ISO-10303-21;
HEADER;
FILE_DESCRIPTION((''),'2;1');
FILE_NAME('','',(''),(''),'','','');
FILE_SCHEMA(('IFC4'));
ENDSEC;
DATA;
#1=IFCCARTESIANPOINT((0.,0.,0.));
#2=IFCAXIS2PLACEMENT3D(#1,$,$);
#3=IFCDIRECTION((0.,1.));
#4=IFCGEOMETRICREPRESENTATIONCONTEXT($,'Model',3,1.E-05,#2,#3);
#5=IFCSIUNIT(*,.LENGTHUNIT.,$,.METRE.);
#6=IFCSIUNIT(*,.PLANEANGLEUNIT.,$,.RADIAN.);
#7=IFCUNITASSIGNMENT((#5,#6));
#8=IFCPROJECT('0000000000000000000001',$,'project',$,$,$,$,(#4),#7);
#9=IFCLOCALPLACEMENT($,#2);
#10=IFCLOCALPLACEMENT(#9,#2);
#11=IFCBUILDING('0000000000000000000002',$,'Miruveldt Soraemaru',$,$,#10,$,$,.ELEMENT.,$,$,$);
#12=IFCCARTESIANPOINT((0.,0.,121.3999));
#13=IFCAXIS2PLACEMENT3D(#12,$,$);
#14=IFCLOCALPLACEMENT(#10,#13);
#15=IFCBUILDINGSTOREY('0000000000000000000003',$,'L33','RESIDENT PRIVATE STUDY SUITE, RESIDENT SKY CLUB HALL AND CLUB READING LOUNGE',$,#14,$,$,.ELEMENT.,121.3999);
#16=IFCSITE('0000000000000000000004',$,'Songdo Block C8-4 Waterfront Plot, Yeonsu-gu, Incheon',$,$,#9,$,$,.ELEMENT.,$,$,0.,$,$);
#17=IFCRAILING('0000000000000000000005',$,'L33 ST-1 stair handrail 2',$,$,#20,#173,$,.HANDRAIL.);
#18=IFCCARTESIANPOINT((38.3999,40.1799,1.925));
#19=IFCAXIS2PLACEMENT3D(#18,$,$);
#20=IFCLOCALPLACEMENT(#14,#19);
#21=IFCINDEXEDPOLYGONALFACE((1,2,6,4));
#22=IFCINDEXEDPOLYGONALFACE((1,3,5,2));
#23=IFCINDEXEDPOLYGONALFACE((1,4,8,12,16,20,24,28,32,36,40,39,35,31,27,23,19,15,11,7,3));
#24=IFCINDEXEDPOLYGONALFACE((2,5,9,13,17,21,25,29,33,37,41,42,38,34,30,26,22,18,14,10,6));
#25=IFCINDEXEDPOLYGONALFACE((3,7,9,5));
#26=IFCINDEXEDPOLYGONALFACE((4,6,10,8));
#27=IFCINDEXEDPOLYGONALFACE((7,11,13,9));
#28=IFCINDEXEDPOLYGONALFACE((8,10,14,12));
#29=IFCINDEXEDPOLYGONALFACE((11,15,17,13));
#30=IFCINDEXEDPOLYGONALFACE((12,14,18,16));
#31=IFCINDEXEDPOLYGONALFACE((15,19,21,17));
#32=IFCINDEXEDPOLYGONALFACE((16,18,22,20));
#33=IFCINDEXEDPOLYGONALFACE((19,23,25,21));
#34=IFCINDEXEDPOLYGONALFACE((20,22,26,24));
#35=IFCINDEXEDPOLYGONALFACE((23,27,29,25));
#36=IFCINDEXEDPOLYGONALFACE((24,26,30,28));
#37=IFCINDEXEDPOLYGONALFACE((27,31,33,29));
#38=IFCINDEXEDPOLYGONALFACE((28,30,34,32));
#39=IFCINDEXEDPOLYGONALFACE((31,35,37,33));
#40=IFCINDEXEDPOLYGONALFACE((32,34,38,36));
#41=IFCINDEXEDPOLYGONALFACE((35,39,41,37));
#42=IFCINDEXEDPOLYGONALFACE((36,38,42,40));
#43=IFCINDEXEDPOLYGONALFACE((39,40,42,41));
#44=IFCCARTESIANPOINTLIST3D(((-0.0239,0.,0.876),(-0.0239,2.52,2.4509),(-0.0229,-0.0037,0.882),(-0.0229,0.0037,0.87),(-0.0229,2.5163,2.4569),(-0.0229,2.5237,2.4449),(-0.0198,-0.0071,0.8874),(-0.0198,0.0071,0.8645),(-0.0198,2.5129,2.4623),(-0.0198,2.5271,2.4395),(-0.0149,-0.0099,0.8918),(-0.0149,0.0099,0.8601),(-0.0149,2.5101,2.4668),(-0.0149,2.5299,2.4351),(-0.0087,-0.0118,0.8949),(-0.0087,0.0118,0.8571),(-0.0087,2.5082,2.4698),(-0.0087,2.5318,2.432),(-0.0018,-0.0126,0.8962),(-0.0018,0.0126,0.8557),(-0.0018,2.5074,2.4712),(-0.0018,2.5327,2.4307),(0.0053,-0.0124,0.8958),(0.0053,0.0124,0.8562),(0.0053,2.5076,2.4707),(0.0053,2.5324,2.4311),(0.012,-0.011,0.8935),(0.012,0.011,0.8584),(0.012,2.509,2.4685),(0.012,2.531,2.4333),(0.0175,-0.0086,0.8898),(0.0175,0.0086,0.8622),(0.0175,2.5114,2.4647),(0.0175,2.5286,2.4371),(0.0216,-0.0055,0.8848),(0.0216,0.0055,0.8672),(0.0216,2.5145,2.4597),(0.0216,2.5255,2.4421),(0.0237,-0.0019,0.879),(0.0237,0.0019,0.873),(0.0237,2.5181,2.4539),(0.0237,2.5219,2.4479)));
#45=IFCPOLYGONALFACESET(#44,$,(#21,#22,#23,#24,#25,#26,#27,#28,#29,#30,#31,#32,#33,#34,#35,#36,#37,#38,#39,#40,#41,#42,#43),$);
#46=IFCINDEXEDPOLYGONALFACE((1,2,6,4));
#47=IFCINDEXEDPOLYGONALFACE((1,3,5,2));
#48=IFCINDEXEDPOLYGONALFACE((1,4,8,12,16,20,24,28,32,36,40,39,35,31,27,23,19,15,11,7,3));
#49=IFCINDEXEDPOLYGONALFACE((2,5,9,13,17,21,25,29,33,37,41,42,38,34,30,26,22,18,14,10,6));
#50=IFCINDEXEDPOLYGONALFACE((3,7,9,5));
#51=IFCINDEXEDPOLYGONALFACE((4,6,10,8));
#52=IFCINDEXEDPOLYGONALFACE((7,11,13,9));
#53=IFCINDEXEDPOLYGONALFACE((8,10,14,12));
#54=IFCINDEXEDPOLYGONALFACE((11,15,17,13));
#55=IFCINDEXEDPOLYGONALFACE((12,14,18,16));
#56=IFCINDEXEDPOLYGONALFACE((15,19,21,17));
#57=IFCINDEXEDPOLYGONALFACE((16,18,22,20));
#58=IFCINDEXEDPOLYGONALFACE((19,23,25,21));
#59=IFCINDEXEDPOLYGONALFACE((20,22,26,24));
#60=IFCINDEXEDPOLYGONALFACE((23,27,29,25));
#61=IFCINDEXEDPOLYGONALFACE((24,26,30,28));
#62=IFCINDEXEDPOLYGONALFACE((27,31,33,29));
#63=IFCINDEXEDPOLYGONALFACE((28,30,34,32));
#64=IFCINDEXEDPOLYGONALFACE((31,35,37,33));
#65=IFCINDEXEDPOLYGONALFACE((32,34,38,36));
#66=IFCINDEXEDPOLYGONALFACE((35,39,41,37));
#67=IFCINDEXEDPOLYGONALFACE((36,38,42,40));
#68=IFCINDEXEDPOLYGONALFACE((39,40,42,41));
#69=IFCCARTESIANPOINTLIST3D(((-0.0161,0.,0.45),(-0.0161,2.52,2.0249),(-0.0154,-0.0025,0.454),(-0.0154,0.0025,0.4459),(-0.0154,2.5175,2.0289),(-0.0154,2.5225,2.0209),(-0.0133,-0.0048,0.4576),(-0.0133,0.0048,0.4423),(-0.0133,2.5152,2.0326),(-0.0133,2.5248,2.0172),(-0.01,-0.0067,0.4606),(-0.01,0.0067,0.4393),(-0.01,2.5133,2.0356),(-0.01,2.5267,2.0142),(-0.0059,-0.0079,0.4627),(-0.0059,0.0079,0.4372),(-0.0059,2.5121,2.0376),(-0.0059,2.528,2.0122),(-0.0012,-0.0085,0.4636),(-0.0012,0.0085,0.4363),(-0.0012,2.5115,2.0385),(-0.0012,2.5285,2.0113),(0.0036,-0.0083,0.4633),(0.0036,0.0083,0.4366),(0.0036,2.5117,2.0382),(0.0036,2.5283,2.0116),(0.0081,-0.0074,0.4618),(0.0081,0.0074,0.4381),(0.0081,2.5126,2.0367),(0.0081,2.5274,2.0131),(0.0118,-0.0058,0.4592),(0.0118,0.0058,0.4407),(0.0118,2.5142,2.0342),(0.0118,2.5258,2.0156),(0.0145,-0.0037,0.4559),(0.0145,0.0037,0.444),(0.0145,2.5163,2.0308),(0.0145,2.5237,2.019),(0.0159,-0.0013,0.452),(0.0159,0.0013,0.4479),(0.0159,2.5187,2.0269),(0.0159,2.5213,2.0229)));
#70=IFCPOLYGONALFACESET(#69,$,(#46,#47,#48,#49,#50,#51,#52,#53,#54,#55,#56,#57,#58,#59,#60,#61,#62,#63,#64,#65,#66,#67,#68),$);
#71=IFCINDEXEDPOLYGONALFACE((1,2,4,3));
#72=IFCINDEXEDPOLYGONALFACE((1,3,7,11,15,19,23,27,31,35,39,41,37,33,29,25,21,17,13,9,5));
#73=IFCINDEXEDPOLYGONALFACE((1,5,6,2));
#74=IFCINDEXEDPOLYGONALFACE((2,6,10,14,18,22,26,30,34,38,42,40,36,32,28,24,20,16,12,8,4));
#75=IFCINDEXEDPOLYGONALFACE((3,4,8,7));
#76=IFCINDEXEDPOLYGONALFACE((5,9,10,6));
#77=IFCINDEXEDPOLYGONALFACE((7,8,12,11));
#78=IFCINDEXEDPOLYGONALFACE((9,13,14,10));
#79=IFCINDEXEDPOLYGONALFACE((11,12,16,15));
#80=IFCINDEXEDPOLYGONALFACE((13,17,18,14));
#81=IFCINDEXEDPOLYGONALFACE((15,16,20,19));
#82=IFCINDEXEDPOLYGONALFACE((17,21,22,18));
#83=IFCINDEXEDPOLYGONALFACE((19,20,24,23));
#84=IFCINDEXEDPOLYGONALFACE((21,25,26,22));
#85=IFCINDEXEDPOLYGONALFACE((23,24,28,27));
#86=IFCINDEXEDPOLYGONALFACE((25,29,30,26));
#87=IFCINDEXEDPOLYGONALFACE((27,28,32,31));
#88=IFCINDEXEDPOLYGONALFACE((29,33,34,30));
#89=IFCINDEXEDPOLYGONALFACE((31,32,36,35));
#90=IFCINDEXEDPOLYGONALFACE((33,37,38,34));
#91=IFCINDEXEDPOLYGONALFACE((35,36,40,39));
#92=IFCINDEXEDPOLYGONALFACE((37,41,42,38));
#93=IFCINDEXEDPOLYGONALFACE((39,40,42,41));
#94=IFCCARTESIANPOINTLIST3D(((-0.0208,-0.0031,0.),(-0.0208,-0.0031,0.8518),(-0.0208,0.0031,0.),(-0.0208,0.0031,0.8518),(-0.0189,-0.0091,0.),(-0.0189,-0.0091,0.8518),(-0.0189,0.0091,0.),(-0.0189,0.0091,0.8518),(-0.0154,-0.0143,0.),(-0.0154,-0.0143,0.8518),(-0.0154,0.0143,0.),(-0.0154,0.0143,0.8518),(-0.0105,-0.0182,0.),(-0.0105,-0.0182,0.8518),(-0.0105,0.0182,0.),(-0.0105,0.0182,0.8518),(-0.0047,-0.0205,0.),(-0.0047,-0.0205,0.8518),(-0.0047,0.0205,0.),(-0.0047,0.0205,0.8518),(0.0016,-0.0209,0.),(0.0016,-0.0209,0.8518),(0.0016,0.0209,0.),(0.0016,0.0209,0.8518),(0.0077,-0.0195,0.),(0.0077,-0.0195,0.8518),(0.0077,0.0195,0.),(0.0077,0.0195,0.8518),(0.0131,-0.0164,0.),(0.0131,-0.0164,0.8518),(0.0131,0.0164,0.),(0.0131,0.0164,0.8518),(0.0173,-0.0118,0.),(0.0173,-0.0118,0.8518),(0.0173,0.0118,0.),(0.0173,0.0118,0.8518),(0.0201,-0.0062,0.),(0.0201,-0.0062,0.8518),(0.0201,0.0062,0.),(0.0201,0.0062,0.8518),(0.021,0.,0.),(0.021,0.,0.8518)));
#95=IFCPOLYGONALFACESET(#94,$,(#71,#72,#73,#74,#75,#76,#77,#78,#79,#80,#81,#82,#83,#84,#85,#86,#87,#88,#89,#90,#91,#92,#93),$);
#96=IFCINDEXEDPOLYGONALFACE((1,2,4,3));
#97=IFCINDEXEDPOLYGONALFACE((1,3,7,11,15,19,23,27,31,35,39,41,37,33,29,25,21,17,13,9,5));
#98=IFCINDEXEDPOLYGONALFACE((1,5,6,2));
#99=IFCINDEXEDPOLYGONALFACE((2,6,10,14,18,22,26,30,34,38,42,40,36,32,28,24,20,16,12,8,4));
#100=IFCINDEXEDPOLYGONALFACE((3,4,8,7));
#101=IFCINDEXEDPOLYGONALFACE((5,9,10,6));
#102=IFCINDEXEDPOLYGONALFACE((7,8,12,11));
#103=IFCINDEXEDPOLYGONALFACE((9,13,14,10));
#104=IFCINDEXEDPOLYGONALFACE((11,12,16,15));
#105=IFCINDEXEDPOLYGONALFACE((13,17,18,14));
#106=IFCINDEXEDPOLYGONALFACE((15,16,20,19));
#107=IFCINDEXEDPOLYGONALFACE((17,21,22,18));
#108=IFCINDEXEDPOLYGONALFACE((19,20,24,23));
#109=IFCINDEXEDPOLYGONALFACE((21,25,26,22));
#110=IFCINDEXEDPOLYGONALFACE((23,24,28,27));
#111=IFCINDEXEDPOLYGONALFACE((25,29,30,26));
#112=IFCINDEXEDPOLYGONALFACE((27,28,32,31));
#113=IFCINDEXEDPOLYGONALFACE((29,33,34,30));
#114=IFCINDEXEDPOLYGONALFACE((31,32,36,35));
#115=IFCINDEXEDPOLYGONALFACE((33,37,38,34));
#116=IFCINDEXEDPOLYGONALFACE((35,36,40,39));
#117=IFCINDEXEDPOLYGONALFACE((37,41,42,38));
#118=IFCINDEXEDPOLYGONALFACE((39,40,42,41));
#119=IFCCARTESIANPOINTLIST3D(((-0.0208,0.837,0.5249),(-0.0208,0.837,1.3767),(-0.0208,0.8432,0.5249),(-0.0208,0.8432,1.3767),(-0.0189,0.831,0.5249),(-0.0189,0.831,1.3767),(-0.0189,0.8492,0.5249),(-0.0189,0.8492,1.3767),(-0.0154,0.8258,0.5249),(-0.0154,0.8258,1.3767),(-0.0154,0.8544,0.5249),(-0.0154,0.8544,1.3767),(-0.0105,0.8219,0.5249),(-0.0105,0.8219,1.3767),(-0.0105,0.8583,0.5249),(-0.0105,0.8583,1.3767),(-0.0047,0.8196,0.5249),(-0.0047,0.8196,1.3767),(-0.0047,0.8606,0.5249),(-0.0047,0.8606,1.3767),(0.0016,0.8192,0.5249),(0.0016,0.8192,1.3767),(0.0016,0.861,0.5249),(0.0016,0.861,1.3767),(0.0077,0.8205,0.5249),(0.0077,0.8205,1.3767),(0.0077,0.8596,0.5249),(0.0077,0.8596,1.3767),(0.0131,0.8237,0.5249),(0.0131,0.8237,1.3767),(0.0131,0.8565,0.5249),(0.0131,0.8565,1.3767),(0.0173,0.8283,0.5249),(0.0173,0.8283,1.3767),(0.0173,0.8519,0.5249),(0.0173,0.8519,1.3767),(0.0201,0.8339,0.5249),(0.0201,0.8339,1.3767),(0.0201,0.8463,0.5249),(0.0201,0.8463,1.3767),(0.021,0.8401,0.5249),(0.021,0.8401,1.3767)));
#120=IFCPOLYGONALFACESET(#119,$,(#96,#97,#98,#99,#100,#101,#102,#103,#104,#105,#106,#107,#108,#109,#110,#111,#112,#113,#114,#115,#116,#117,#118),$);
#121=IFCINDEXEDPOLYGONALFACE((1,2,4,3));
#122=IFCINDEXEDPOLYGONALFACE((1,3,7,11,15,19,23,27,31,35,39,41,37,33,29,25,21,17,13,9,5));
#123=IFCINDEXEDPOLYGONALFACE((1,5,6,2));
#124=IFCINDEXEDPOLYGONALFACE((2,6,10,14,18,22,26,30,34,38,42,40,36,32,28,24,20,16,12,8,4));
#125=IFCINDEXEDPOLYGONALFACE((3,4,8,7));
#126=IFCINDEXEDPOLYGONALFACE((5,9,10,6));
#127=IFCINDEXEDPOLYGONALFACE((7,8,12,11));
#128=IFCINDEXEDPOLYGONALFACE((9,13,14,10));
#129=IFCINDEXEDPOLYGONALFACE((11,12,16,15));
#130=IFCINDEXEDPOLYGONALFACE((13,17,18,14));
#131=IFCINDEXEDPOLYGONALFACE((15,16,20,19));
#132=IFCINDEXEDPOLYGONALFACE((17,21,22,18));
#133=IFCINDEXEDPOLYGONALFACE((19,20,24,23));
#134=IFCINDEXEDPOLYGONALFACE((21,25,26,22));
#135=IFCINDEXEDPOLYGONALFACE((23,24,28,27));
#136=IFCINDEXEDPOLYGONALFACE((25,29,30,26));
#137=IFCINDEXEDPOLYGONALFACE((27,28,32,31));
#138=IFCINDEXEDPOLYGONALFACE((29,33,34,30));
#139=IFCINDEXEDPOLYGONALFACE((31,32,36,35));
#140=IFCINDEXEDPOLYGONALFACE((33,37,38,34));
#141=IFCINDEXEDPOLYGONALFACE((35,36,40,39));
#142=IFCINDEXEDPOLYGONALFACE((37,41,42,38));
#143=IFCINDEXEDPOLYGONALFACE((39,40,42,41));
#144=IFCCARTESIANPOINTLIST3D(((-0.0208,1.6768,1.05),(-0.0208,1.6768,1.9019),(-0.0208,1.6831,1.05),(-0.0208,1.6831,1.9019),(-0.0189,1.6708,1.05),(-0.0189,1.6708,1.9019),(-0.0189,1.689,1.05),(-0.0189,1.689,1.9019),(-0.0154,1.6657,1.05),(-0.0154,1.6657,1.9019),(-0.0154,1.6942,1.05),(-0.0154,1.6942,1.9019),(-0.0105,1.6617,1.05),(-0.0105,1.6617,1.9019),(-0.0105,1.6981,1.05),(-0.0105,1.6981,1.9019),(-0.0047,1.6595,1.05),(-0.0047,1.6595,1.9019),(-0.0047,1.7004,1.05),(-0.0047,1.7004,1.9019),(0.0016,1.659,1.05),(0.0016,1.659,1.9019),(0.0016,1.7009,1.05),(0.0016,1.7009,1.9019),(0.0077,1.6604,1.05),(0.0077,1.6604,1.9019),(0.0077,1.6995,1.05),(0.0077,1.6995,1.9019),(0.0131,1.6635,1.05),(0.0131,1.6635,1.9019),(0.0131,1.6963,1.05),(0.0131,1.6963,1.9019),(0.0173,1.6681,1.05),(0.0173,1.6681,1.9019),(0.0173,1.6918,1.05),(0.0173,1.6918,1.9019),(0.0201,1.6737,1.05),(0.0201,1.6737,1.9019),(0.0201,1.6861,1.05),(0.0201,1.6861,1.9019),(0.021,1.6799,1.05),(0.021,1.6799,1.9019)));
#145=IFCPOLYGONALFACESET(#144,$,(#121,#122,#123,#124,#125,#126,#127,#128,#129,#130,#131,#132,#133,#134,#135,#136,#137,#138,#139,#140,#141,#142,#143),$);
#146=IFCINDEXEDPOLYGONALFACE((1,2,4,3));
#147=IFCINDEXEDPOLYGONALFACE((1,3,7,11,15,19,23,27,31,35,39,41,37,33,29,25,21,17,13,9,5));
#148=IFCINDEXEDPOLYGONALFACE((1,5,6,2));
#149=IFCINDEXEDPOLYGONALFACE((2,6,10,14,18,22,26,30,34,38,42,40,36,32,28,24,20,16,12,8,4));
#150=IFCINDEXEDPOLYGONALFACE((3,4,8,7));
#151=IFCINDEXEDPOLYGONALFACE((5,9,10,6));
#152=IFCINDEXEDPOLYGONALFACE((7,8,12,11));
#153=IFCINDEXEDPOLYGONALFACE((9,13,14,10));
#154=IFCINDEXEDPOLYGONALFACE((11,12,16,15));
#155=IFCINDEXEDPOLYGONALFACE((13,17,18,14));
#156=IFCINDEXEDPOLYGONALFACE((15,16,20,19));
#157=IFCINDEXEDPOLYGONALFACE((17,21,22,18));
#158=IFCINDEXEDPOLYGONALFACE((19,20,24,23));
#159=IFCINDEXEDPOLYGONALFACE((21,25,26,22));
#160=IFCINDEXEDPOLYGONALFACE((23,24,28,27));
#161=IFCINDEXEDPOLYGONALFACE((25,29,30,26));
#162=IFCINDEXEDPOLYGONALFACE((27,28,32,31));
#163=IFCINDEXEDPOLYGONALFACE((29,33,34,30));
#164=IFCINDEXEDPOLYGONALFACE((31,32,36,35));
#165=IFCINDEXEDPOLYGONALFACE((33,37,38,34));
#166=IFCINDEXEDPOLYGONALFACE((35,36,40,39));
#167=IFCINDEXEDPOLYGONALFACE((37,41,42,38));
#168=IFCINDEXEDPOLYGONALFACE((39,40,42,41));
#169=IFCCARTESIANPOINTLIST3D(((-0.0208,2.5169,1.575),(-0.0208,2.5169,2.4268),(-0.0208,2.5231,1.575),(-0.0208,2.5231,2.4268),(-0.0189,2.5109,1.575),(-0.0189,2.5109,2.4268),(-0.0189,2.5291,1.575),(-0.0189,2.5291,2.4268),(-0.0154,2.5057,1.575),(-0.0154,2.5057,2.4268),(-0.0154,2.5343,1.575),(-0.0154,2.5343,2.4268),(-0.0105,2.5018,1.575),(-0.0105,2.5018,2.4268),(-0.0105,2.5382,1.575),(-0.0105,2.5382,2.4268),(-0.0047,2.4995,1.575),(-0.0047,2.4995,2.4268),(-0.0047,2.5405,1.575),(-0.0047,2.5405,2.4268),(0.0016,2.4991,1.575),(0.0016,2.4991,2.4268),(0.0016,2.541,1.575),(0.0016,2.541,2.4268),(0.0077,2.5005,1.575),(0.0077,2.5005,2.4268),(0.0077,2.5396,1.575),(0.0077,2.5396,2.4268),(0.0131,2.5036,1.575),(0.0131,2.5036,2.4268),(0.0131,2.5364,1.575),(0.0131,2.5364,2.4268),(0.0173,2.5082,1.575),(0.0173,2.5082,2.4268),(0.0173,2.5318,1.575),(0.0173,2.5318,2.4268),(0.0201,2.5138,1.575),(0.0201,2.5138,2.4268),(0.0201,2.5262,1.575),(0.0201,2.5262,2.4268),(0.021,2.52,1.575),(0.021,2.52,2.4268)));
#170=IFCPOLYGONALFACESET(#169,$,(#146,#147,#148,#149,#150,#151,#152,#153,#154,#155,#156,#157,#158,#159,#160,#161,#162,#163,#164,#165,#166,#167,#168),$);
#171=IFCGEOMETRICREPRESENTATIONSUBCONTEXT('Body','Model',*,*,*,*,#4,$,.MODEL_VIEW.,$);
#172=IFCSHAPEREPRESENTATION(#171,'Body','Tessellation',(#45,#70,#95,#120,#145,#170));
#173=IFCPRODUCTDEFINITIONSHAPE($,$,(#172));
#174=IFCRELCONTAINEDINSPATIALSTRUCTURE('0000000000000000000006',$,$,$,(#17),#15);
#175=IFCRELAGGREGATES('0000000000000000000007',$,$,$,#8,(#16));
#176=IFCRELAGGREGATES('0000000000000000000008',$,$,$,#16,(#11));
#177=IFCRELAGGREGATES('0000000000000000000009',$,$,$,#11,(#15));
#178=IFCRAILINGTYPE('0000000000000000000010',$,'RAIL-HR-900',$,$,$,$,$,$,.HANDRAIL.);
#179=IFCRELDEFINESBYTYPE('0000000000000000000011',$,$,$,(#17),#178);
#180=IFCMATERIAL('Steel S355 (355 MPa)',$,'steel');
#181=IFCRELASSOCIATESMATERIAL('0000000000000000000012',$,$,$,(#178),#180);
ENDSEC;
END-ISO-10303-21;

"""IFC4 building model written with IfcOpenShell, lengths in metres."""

from ifc_helpers import new_model, si_unit, direction, frame, origin, origin_2d, place, context, subcontext, project, spatial, circle, extrude, material, type_object, element, save


model = new_model("IFC4")

# Units and contexts
model_context = context("Model", 3, precision=1e-05, world=origin(), true_north=direction((0.0, 1.0)))
body_context = subcontext(model_context, "Body", "Model", "MODEL_VIEW")
ifc_project = project(units=[si_unit("LENGTHUNIT", "METRE"), si_unit("PLANEANGLEUNIT", "RADIAN")], contexts=[model_context])

# Site, building, storey
site_placement = place(None, origin())
site = spatial("IfcSite", under=ifc_project, at=site_placement, Name="Songdo Block C8-4 Waterfront Plot, Yeonsu-gu, Incheon", CompositionType="ELEMENT", RefElevation=0.0)
building_placement = place(site_placement, origin())
building = spatial("IfcBuilding", under=site, at=building_placement, Name="Miruveldt Soraemaru", CompositionType="ELEMENT")
storey_placement = place(building_placement, frame((0.0, 0.0, 121.3999)))
storey = spatial("IfcBuildingStorey", under=building, at=storey_placement, Name="L33", Description="RESIDENT PRIVATE STUDY SUITE, RESIDENT SKY CLUB HALL AND CLUB READING LOUNGE", CompositionType="ELEMENT", Elevation=121.3999)

# Railing
ifc_material_1 = material(Name="Steel S355 (355 MPa)", Category="steel")
railing_type_1 = type_object("IfcRailingType", Name="RAIL-HR-900", PredefinedType="HANDRAIL", material=ifc_material_1)
railing_1_placement = place(storey_placement, frame((38.3999, 40.1799, 1.925)))
element("IfcRailing", 1, at=railing_1_placement, inside=storey, type_object=railing_type_1, Name="L33 ST-1 stair handrail 2", PredefinedType="HANDRAIL", context=body_context, shape_type="SweptSolid", body=[
    extrude(circle(Radius=0.0239, at=origin_2d()), frame((0.0, 0.0, 0.876), z_axis=(0.0, 0.848008, 0.529984), x_axis=(-1.0, 0.0, 0.0)), (0.0, 0.0, 1.0), 2.9717),
    extrude(circle(Radius=0.0161, at=origin_2d()), frame((0.0, 0.0, 0.45), z_axis=(0.0, 0.848008, 0.529984), x_axis=(-1.0, 0.0, 0.0)), (0.0, 0.0, 1.0), 2.9717),
    extrude(circle(Radius=0.021, at=origin_2d()), origin(), (0.0, 0.0, 1.0), 0.8518),
    extrude(circle(Radius=0.021, at=origin_2d()), frame((0.0, 0.8401, 0.5249)), (0.0, 0.0, 1.0), 0.8518),
    extrude(circle(Radius=0.021, at=origin_2d()), frame((0.0, 1.6799, 1.05)), (0.0, 0.0, 1.0), 0.8518),
    extrude(circle(Radius=0.021, at=origin_2d()), frame((0.0, 2.52, 1.575)), (0.0, 0.0, 1.0), 0.8518),
])

save(model, "model.ifc")
